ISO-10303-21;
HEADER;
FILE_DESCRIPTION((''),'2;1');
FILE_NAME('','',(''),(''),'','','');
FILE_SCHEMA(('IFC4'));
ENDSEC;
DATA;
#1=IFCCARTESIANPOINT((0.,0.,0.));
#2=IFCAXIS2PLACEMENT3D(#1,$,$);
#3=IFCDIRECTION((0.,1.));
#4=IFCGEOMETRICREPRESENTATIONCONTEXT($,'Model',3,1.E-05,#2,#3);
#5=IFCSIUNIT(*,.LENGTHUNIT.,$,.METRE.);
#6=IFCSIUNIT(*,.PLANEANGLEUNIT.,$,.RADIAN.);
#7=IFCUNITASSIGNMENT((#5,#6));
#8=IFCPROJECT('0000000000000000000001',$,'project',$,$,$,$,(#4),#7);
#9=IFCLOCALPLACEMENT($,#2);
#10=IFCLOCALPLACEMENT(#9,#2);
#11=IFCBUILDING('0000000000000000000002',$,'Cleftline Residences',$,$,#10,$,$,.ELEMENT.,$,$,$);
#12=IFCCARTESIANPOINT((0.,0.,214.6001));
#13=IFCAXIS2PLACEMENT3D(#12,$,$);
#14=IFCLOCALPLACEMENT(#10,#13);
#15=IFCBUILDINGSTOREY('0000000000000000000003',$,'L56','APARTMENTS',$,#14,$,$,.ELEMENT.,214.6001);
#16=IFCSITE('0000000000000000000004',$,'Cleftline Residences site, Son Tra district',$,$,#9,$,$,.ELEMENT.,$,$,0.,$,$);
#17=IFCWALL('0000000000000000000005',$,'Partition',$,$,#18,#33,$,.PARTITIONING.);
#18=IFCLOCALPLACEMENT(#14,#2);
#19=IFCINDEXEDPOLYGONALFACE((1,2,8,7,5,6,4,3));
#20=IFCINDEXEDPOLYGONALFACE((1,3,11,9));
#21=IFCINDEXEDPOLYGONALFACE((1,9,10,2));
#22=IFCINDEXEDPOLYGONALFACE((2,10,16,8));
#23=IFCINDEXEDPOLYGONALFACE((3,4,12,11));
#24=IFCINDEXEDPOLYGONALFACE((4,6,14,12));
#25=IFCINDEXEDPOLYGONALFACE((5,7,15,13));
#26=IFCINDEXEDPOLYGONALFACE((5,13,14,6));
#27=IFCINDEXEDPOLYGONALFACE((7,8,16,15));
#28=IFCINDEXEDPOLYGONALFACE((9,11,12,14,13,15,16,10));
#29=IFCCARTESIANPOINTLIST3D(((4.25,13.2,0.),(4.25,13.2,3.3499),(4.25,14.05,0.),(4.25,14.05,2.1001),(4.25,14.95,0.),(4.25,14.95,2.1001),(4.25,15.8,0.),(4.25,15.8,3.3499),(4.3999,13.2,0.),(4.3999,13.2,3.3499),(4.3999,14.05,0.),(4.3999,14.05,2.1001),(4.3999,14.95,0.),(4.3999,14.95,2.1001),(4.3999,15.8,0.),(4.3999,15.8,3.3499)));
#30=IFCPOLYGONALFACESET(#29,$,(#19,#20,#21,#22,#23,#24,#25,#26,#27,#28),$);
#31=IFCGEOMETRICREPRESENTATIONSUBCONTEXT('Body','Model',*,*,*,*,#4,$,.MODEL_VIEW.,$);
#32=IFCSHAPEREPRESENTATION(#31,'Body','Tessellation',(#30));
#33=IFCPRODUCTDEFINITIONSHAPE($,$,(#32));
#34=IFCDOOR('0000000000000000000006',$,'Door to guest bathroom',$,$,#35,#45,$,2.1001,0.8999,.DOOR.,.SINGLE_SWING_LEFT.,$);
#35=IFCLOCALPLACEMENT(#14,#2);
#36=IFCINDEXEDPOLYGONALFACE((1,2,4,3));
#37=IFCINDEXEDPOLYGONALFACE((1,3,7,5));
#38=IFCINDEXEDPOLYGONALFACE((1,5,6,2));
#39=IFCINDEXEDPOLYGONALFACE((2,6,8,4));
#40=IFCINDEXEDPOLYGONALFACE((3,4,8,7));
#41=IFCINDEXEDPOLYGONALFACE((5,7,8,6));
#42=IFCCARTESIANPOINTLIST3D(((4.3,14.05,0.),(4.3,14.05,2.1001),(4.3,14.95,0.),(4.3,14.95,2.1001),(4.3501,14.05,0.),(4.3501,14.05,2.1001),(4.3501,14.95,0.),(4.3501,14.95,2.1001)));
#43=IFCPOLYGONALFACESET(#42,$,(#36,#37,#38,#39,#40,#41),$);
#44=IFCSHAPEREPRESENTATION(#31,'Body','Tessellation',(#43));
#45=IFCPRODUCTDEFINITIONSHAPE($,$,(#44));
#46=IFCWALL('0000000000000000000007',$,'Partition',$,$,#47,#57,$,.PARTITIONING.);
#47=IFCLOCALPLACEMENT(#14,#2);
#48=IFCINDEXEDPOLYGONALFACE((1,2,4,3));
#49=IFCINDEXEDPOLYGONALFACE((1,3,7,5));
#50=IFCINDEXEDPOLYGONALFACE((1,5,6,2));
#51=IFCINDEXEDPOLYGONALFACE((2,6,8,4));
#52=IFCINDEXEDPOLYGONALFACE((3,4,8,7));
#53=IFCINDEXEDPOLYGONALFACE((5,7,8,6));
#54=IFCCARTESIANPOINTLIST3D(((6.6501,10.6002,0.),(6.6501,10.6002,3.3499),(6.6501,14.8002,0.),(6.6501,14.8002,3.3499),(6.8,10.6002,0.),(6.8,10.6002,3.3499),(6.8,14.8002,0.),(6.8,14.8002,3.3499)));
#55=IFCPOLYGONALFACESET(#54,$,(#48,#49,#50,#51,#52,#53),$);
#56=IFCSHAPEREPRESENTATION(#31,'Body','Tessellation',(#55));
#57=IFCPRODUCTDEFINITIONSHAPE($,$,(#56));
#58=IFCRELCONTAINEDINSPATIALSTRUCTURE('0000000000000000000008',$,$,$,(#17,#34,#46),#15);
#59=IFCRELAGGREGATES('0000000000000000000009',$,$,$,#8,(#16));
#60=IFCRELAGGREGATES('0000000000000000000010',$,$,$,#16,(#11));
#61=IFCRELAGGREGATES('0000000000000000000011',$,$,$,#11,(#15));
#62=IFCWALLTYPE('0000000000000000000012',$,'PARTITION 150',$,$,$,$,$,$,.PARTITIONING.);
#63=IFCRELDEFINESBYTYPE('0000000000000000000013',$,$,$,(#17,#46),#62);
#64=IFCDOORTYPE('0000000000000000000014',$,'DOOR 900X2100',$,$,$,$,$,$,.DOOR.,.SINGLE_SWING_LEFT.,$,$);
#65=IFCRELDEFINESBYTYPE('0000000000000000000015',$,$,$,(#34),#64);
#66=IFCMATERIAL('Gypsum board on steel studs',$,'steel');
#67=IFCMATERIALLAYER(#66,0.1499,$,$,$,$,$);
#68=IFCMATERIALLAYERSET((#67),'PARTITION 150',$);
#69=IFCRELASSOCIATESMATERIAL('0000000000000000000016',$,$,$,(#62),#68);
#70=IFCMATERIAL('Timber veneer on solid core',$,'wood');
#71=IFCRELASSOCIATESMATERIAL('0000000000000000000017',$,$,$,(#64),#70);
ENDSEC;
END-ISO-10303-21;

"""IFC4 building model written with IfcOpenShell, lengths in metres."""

from ifc_helpers import new_model, si_unit, direction, frame, frame_2d, origin, place, context, subcontext, project, spatial, rectangle, extrude, material, layer, layer_set, type_object, element, fill, save


model = new_model("IFC4")

# Units and contexts
model_context = context("Model", 3, precision=1e-05, world=origin(), true_north=direction((0.0, 1.0)))
body_context = subcontext(model_context, "Body", "Model", "MODEL_VIEW")
ifc_project = project(units=[si_unit("LENGTHUNIT", "METRE"), si_unit("PLANEANGLEUNIT", "RADIAN")], contexts=[model_context])

# Site, building, storey
site_placement = place(None, origin())
site = spatial("IfcSite", under=ifc_project, at=site_placement, Name="Cleftline Residences site, Son Tra district", CompositionType="ELEMENT", RefElevation=0.0)
building_placement = place(site_placement, origin())
building = spatial("IfcBuilding", under=site, at=building_placement, Name="Cleftline Residences", CompositionType="ELEMENT")
storey_placement = place(building_placement, frame((0.0, 0.0, 214.6001)))
storey = spatial("IfcBuildingStorey", under=building, at=storey_placement, Name="L56", Description="APARTMENTS", CompositionType="ELEMENT", Elevation=214.6001)

# Shared definitions
ifc_material_1 = material(Name="Gypsum board on steel studs", Category="steel")
ifc_layer = layer(ifc_material_1, 0.1499)
ifc_layer_set = layer_set([ifc_layer], Name="PARTITION 150")
wall_type = type_object("IfcWallType", Name="PARTITION 150", PredefinedType="PARTITIONING", material=ifc_layer_set)
ifc_material_2 = material(Name="Timber veneer on solid core", Category="wood")
door_type_1 = type_object("IfcDoorType", Name="DOOR 900X2100", OperationType="SINGLE_SWING_LEFT", PredefinedType="DOOR", material=ifc_material_2)

# Wall, opening, door
wall_1_placement = place(storey_placement, frame((4.325, 13.2, 0.0), z_axis=(0.0, 0.0, 1.0), x_axis=(0.0, 1.0, 0.0)))
wall_1 = element("IfcWall", 1, at=wall_1_placement, inside=storey, type_object=wall_type, Name="Partition", PredefinedType="PARTITIONING", context=body_context, shape_type="SweptSolid", body=[
    extrude(rectangle(XDim=2.6001, YDim=0.1499, at=frame_2d((1.3, 0.0))), origin(), (0.0, 0.0, 1.0), 3.3499),
])
opening_1_placement = place(wall_1_placement, frame((0.8501, 0.0, 0.0)))
opening_1 = element("IfcOpeningElement", 2, at=opening_1_placement, cuts=wall_1, PredefinedType="OPENING", context=body_context, shape_type="SweptSolid", body=[
    extrude(rectangle(XDim=0.8999, YDim=2.1001, at=frame_2d((0.45, 1.05))), frame((0.0, 0.085, 0.0), z_axis=(0.0, -1.0, 0.0), x_axis=(1.0, 0.0, 0.0)), (0.0, 0.0, 1.0), 0.1699),
])
door_1_placement = place(opening_1_placement, origin())
door_1 = element("IfcDoor", 3, at=door_1_placement, inside=storey, type_object=door_type_1, Name="Door to guest bathroom", OperationType="SINGLE_SWING_LEFT", OverallHeight=2.1001, OverallWidth=0.8999, PredefinedType="DOOR", context=body_context, shape_type="SweptSolid", body=[
    extrude(rectangle(XDim=0.8999, YDim=2.1001, at=frame_2d((0.45, 1.05))), frame((0.0, 0.0249, 0.0), z_axis=(0.0, -1.0, 0.0), x_axis=(1.0, 0.0, 0.0)), (0.0, 0.0, 1.0), 0.05),
])
fill(opening_1, door_1)

# Wall
wall_2_placement = place(storey_placement, frame((6.7251, 10.6001, 0.0), z_axis=(0.0, 0.0, 1.0), x_axis=(0.0, 1.0, 0.0)))
element("IfcWall", 4, at=wall_2_placement, inside=storey, type_object=wall_type, Name="Partition", PredefinedType="PARTITIONING", context=body_context, shape_type="SweptSolid", body=[
    extrude(rectangle(XDim=4.2, YDim=0.1499, at=frame_2d((2.1001, 0.0))), origin(), (0.0, 0.0, 1.0), 3.3499),
])

save(model, "model.ifc")
